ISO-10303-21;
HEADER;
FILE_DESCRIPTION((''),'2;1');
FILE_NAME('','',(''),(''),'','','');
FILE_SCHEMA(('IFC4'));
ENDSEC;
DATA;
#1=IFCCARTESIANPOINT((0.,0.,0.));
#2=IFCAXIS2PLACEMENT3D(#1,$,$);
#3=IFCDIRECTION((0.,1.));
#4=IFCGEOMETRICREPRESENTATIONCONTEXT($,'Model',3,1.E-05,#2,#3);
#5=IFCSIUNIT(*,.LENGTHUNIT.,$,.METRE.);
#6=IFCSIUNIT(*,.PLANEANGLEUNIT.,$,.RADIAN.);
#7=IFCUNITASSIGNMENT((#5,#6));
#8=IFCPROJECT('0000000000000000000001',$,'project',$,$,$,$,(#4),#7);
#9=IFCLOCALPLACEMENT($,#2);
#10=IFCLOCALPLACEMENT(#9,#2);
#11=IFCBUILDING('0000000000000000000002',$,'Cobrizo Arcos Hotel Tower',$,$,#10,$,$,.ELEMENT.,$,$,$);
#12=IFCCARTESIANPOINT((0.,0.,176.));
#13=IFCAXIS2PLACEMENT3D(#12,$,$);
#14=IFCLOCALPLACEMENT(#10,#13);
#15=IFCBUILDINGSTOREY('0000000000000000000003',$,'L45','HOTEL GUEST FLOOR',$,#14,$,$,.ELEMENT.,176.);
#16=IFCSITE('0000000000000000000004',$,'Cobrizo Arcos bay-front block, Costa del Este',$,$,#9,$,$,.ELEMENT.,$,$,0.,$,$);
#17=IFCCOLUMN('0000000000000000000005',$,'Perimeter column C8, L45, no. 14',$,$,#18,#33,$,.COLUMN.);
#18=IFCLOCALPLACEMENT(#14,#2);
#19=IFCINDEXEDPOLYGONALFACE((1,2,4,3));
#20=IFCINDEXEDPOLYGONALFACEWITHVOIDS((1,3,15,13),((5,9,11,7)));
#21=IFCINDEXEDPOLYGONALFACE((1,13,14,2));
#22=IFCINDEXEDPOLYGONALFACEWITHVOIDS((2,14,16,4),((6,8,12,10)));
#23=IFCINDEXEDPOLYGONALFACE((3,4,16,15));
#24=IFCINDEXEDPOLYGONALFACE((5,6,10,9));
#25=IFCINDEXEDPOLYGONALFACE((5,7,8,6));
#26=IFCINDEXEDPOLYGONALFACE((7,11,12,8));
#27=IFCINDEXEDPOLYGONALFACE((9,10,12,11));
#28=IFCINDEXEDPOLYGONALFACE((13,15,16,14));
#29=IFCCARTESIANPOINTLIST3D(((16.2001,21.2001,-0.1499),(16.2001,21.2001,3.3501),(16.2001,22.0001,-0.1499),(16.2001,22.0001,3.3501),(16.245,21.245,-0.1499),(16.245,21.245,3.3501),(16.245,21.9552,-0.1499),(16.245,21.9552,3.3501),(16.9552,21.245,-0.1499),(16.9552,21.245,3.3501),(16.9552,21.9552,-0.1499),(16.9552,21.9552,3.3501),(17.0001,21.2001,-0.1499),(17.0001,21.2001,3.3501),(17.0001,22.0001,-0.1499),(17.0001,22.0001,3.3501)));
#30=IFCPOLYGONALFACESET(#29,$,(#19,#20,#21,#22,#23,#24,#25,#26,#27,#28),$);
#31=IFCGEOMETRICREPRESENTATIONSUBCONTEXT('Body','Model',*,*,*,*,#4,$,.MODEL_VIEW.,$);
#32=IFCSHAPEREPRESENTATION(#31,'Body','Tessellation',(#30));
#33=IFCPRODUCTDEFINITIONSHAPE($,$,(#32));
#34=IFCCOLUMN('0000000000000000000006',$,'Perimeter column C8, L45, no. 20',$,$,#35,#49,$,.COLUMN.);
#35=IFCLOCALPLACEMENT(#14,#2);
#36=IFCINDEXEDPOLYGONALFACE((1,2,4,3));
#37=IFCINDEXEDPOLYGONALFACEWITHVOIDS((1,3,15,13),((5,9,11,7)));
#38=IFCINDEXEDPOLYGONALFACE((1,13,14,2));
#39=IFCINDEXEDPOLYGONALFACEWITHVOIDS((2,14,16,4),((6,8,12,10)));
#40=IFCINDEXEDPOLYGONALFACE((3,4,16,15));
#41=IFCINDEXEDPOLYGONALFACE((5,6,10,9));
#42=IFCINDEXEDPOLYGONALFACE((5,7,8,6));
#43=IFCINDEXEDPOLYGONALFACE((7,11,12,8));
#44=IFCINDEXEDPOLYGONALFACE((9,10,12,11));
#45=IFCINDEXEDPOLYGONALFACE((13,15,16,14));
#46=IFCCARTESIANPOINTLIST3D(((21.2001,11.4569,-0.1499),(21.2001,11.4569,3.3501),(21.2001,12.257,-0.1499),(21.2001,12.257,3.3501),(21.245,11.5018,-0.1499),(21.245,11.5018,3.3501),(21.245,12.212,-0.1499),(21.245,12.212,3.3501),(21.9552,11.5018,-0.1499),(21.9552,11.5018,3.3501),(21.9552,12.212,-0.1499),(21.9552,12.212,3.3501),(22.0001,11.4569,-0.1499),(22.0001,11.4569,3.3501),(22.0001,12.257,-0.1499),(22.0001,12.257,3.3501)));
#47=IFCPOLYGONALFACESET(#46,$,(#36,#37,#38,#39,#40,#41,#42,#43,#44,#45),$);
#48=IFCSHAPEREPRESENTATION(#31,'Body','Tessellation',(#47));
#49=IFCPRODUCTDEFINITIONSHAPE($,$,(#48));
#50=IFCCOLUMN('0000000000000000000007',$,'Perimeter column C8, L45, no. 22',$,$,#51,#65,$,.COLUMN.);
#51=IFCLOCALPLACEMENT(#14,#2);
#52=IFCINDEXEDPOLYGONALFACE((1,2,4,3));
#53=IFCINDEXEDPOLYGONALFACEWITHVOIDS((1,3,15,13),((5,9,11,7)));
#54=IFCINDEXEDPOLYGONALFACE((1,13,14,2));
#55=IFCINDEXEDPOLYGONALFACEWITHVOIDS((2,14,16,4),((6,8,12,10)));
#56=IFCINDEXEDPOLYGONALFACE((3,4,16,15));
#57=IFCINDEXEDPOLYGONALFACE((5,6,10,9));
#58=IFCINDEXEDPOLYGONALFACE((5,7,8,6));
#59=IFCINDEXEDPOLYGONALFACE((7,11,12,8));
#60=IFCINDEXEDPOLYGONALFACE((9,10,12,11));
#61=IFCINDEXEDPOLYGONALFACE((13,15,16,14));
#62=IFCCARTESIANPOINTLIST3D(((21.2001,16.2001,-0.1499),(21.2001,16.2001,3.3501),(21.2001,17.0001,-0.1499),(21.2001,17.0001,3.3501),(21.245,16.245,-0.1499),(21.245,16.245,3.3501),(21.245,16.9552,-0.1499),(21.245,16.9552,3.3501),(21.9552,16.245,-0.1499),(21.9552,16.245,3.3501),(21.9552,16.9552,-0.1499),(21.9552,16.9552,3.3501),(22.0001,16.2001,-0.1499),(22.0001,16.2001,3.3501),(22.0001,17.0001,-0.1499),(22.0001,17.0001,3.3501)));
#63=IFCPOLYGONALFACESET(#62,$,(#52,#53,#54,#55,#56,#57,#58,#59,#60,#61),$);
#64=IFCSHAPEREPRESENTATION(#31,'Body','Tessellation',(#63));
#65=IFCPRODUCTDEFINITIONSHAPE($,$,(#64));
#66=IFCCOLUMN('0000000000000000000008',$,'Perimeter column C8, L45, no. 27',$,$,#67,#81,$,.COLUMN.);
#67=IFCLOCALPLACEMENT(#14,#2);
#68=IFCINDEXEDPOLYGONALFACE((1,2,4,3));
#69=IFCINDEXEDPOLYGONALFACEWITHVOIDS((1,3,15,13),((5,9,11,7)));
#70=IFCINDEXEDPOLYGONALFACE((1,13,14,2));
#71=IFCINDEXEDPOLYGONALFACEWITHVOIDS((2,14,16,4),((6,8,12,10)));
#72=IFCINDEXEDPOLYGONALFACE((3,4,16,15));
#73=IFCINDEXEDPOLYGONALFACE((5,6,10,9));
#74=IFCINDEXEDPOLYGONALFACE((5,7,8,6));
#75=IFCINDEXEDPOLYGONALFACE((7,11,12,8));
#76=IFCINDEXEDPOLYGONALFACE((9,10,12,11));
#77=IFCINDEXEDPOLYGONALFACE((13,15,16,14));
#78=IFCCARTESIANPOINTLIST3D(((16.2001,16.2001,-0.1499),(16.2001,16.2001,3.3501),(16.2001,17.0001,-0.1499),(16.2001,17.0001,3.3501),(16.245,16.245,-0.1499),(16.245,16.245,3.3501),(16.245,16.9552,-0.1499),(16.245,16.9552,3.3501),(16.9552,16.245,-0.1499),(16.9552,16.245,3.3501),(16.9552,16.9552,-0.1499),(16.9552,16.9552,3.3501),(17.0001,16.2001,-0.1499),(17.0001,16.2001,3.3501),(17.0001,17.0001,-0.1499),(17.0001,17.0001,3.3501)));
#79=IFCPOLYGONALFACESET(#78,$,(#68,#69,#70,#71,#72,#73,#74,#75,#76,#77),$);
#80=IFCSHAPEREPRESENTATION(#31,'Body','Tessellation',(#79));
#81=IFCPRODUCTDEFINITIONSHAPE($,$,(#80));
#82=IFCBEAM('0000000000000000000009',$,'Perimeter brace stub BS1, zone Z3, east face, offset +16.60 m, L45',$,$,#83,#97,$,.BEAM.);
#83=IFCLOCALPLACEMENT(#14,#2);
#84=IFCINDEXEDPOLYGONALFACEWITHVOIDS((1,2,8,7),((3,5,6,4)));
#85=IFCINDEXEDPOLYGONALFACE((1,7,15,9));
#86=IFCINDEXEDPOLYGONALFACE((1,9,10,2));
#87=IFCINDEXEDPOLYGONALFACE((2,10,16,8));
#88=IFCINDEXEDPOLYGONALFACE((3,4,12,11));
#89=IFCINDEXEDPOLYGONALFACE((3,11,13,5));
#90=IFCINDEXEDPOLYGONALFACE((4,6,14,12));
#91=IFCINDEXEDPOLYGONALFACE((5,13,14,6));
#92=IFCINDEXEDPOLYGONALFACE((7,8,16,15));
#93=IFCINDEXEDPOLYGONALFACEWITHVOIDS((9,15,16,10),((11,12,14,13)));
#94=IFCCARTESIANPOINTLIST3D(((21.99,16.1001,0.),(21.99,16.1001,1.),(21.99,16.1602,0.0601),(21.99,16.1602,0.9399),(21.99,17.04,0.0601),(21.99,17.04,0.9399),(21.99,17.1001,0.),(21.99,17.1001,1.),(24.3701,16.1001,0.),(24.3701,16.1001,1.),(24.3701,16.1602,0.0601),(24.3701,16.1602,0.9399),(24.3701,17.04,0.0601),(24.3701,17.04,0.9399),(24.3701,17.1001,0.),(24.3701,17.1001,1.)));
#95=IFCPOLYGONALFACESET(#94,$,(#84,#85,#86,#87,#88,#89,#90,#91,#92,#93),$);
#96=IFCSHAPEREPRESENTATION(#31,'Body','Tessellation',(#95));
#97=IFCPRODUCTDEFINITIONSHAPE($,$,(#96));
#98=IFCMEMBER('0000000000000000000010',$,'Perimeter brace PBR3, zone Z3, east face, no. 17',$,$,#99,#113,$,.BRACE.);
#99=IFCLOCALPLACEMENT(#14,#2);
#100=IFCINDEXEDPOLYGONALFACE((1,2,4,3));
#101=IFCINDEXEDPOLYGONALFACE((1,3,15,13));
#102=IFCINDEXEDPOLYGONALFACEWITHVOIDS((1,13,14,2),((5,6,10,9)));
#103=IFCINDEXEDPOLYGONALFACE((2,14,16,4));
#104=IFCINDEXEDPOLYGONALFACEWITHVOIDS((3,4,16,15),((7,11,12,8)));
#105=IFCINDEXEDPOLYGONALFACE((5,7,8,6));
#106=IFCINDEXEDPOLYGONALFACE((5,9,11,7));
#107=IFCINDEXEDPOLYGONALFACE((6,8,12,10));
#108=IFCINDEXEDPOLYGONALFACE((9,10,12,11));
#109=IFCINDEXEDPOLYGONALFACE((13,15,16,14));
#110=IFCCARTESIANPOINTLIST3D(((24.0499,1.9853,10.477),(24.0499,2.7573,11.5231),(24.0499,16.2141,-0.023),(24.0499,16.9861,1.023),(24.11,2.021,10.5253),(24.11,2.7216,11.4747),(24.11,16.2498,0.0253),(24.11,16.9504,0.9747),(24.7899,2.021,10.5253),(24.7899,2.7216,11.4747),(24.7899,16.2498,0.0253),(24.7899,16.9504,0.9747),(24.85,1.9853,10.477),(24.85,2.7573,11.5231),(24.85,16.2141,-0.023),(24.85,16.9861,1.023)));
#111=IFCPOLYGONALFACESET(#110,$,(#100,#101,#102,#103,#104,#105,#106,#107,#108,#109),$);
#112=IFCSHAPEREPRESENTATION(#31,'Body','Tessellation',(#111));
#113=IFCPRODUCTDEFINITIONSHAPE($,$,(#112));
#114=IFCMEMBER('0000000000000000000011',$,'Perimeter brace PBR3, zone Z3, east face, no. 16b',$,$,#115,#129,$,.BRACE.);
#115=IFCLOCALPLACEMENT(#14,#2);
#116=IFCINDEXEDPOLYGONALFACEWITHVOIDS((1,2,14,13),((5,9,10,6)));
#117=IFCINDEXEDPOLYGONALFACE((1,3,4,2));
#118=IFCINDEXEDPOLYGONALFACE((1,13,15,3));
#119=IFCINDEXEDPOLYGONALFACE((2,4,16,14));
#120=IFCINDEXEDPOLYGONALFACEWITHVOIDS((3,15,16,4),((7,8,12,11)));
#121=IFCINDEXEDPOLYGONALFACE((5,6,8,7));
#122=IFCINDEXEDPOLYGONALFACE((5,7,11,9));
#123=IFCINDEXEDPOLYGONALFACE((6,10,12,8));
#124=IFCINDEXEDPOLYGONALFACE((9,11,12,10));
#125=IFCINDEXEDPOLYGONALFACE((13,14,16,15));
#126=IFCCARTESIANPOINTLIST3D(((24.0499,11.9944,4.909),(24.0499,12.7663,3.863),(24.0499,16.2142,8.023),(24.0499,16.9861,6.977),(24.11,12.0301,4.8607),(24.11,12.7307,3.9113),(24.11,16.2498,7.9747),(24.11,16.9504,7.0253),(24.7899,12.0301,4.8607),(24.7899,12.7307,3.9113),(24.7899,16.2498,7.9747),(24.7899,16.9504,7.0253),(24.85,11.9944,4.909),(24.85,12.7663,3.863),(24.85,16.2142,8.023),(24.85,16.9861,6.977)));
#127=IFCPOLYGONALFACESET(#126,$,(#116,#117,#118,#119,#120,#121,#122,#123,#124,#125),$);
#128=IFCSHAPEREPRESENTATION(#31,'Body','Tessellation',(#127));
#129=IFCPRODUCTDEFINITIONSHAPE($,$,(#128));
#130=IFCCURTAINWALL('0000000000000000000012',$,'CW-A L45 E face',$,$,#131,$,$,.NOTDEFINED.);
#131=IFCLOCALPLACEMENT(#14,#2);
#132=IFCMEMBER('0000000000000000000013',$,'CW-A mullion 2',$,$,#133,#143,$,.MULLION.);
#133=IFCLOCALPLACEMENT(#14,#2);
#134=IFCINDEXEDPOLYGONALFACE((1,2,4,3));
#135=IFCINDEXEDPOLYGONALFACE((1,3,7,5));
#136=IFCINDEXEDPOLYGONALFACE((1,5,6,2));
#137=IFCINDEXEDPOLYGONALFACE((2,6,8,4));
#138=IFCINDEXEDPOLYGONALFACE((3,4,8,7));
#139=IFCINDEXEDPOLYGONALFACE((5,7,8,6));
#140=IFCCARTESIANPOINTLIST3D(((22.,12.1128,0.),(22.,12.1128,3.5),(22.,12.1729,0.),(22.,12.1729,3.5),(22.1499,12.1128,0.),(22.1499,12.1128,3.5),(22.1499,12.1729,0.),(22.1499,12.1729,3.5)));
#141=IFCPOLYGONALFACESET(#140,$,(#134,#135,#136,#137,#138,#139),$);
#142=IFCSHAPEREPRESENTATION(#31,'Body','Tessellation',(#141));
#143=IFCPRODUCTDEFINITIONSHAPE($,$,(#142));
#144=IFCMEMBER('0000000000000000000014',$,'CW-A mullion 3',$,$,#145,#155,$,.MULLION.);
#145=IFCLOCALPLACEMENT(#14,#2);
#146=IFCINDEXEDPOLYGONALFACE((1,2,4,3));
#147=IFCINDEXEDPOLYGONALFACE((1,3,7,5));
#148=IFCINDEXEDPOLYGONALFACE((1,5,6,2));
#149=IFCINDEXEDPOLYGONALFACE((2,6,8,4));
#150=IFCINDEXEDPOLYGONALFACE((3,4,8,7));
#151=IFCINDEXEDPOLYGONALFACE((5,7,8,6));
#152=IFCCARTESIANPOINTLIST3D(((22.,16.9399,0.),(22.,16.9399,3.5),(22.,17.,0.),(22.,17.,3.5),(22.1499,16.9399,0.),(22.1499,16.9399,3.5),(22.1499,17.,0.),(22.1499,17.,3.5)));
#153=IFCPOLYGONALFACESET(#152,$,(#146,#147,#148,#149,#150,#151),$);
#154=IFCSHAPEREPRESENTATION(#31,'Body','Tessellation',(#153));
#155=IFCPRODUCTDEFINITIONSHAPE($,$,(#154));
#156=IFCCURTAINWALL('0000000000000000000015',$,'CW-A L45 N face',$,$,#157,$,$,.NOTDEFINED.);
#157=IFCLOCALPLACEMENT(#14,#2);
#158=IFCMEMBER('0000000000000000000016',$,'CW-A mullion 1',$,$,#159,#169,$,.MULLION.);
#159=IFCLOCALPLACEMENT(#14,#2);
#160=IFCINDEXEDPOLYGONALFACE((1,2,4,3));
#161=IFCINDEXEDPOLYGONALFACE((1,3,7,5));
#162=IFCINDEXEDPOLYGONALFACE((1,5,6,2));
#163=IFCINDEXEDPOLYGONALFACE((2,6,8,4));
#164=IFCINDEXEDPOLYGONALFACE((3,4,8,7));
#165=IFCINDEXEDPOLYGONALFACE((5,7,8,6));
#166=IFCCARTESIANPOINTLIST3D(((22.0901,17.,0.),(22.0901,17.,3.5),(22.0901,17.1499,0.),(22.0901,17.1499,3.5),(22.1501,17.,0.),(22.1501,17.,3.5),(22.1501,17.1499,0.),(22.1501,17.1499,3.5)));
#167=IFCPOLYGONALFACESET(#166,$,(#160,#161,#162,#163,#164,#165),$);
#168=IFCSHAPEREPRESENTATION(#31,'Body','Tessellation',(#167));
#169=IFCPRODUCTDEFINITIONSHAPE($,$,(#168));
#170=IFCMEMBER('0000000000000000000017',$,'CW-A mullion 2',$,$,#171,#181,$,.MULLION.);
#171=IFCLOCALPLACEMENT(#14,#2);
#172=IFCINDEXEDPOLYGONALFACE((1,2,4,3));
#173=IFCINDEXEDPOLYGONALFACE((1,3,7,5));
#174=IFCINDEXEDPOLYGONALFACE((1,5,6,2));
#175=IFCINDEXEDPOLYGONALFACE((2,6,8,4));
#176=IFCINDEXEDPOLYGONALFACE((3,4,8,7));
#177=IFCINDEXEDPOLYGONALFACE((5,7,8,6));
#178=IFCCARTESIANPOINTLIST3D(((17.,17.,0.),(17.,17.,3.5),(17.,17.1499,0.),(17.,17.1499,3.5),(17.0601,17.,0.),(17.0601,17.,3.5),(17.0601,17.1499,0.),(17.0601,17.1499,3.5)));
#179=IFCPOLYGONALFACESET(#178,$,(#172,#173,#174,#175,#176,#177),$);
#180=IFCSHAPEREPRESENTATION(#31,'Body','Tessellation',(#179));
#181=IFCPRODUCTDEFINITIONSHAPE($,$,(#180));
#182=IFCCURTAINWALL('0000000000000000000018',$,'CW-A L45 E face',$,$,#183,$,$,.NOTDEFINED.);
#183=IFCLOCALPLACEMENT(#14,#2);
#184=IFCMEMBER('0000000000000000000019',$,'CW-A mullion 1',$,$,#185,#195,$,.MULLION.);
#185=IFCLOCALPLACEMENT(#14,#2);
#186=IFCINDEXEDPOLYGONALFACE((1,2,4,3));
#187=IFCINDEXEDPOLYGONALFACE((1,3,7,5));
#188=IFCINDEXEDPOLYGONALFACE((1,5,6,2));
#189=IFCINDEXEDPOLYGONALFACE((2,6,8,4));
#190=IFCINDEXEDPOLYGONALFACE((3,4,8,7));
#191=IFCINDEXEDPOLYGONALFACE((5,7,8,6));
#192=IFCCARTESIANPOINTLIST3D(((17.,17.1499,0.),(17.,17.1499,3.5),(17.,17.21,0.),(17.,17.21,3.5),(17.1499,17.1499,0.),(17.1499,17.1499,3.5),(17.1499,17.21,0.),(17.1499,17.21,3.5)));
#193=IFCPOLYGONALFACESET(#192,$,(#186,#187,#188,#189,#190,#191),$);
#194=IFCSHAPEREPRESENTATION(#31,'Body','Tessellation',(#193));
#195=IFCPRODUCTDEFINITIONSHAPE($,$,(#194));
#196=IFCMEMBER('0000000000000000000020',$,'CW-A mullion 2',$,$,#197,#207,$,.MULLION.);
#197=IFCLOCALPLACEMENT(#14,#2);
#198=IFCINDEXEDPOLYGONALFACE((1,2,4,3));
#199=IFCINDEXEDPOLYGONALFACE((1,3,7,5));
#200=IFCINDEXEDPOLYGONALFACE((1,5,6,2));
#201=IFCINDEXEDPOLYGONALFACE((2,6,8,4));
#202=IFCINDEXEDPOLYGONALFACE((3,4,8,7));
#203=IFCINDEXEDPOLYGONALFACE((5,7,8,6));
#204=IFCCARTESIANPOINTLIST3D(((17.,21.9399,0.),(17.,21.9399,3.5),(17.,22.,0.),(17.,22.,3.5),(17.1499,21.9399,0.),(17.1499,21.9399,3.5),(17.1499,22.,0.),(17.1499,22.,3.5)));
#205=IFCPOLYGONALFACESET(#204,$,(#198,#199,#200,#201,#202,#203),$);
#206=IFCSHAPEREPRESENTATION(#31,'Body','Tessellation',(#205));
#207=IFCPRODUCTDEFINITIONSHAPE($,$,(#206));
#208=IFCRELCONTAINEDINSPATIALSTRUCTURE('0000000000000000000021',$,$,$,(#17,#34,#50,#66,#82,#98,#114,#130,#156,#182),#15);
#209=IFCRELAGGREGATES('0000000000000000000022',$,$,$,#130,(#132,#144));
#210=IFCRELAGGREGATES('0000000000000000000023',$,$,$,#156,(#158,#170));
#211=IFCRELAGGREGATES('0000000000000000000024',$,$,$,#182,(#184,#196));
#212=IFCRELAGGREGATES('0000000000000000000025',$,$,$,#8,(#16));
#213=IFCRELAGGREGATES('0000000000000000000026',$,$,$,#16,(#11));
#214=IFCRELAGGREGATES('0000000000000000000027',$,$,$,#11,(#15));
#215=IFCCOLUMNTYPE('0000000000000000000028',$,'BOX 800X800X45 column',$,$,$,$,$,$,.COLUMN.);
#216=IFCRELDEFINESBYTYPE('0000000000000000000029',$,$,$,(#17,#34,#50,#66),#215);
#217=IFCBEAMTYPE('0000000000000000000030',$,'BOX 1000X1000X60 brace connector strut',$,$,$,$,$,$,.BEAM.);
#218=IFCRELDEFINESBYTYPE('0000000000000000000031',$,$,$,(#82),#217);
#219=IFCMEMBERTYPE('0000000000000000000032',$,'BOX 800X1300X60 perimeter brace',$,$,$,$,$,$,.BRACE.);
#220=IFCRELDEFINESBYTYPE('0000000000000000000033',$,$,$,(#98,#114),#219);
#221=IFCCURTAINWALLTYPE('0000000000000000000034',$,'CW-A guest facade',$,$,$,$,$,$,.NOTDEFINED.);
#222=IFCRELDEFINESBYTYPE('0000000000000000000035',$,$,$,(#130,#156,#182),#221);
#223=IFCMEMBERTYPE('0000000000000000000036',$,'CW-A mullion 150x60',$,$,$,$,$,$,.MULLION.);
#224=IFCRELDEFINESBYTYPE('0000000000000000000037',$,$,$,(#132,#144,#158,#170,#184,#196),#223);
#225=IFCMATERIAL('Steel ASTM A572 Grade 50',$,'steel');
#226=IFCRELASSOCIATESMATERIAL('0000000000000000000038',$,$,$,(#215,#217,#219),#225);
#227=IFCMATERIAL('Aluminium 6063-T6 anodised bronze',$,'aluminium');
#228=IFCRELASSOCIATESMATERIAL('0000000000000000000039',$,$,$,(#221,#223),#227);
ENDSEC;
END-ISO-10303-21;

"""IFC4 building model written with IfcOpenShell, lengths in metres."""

from ifc_helpers import new_model, si_unit, direction, frame, origin, origin_2d, place, context, subcontext, project, spatial, rectangle, hollow_rectangle, extrude, material, material_profile, profile_set, type_object, element, aggregate, save


model = new_model("IFC4")

# Units and contexts
model_context = context("Model", 3, precision=1e-05, world=origin(), true_north=direction((0.0, 1.0)))
body_context = subcontext(model_context, "Body", "Model", "MODEL_VIEW")
ifc_project = project(units=[si_unit("LENGTHUNIT", "METRE"), si_unit("PLANEANGLEUNIT", "RADIAN")], contexts=[model_context])

# Site, building, storey
site_placement = place(None, origin())
site = spatial("IfcSite", under=ifc_project, at=site_placement, Name="Cobrizo Arcos bay-front block, Costa del Este", CompositionType="ELEMENT", RefElevation=0.0)
building_placement = place(site_placement, origin())
building = spatial("IfcBuilding", under=site, at=building_placement, Name="Cobrizo Arcos Hotel Tower", CompositionType="ELEMENT")
storey_placement = place(building_placement, frame((0.0, 0.0, 176.0)))
storey = spatial("IfcBuildingStorey", under=building, at=storey_placement, Name="L45", Description="HOTEL GUEST FLOOR", CompositionType="ELEMENT", Elevation=176.0)

# Columns
ifc_material_1 = material(Name="Steel ASTM A572 Grade 50", Category="steel")
ifc_material_profile_1 = material_profile(ifc_material_1, hollow_rectangle(XDim=0.8, YDim=0.8, WallThickness=0.0449, at=origin_2d()), Name="BOX 800X800X45")
ifc_profile_set_1 = profile_set([ifc_material_profile_1], Name="Steel ASTM A572 Grade 50")
column_type = type_object("IfcColumnType", Name="BOX 800X800X45 column", PredefinedType="COLUMN", material=ifc_profile_set_1)
for number, where, z_axis, x_axis, name in (
    (1, (16.6001, 21.6001, -0.1499), (0.0, 0.0, 1.0), (1.0, 0.0, 0.0), "Perimeter column C8, L45, no. 14"),
    (2, (21.6001, 11.8569, -0.1499), (0.0, 0.0, 1.0), (1.0, 0.0, 0.0), "Perimeter column C8, L45, no. 20"),
    (3, (21.6001, 16.6001, -0.1499), (0.0, 0.0, 1.0), (1.0, 0.0, 0.0), "Perimeter column C8, L45, no. 22"),
    (4, (16.6001, 16.6001, -0.1499), (0.0, 0.0, 1.0), (1.0, 0.0, 0.0), "Perimeter column C8, L45, no. 27"),
):
    element("IfcColumn", number, at=place(storey_placement, frame(where, z_axis=z_axis, x_axis=x_axis)), inside=storey, type_object=column_type, Name=name, PredefinedType="COLUMN", context=body_context, shape_type="SweptSolid", body=[
        extrude(hollow_rectangle(XDim=0.8, YDim=0.8, WallThickness=0.0449, at=origin_2d()), origin(), (0.0, 0.0, 1.0), 3.5),
    ])

# Beam
ifc_material_profile_2 = material_profile(ifc_material_1, hollow_rectangle(XDim=1.0, YDim=1.0, WallThickness=0.0601, at=origin_2d()), Name="BOX 1000X1000X60")
ifc_profile_set_2 = profile_set([ifc_material_profile_2], Name="Steel ASTM A572 Grade 50")
beam_type_1 = type_object("IfcBeamType", Name="BOX 1000X1000X60 brace connector strut", PredefinedType="BEAM", material=ifc_profile_set_2)
beam_1_placement = place(storey_placement, frame((21.99, 16.6001, 0.5), z_axis=(1.0, 0.0, 0.0), x_axis=(0.0, 1.0, 0.0)))
element("IfcBeam", 5, at=beam_1_placement, inside=storey, type_object=beam_type_1, Name="Perimeter brace stub BS1, zone Z3, east face, offset +16.60 m, L45", PredefinedType="BEAM", context=body_context, shape_type="SweptSolid", body=[
    extrude(hollow_rectangle(XDim=1.0, YDim=1.0, WallThickness=0.0601, at=origin_2d()), origin(), (0.0, 0.0, 1.0), 2.3801),
])

# Members
ifc_material_profile_3 = material_profile(ifc_material_1, hollow_rectangle(XDim=0.8, YDim=1.3, WallThickness=0.0601, at=origin_2d()), Name="BOX 800X1300X60")
ifc_profile_set_3 = profile_set([ifc_material_profile_3], Name="Steel ASTM A572 Grade 50")
member_type_1 = type_object("IfcMemberType", Name="BOX 800X1300X60 perimeter brace", PredefinedType="BRACE", material=ifc_profile_set_3)
member_1_placement = place(storey_placement, frame((24.45, 16.6001, 0.5), z_axis=(0.0, -0.804633, 0.593772), x_axis=(1.0, 0.0, 0.0)))
element("IfcMember", 6, at=member_1_placement, inside=storey, type_object=member_type_1, Name="Perimeter brace PBR3, zone Z3, east face, no. 17", PredefinedType="BRACE", context=body_context, shape_type="SweptSolid", body=[
    extrude(hollow_rectangle(XDim=0.8, YDim=1.3, WallThickness=0.0601, at=origin_2d()), origin(), (0.0, 0.0, 1.0), 17.6836),
])
member_2_placement = place(storey_placement, frame((24.45, 12.3804, 4.386), z_axis=(0.0, 0.804624, 0.593785), x_axis=(-1.0, 0.0, 0.0)))
element("IfcMember", 7, at=member_2_placement, inside=storey, type_object=member_type_1, Name="Perimeter brace PBR3, zone Z3, east face, no. 16b", PredefinedType="BRACE", context=body_context, shape_type="SweptSolid", body=[
    extrude(hollow_rectangle(XDim=0.8, YDim=1.3, WallThickness=0.0601, at=origin_2d()), origin(), (0.0, 0.0, 1.0), 5.2444),
])

# Curtain walls, members
ifc_material_2 = material(Name="Aluminium 6063-T6 anodised bronze", Category="aluminium")
curtain_wall_type = type_object("IfcCurtainWallType", Name="CW-A guest facade", PredefinedType="NOTDEFINED", material=ifc_material_2)
curtain_wall_1_placement = place(storey_placement, origin())
curtain_wall_1 = element("IfcCurtainWall", 8, at=curtain_wall_1_placement, inside=storey, type_object=curtain_wall_type, Name="CW-A L45 E face", PredefinedType="NOTDEFINED")
ifc_material_profile_4 = material_profile(ifc_material_2, rectangle(XDim=0.1499, YDim=0.0601, at=origin_2d()), Name="CW-A mullion 150x60")
ifc_profile_set_4 = profile_set([ifc_material_profile_4], Name="Aluminium 6063-T6 anodised bronze")
member_type_2 = type_object("IfcMemberType", Name="CW-A mullion 150x60", PredefinedType="MULLION", material=ifc_profile_set_4)
member_3_placement = place(storey_placement, frame((22.075, 12.1428, 0.0), z_axis=(0.0, 0.0, 1.0), x_axis=(1.0, 0.0, 0.0)))
member_3 = element("IfcMember", 9, at=member_3_placement, type_object=member_type_2, Name="CW-A mullion 2", PredefinedType="MULLION", context=body_context, shape_type="SweptSolid", body=[
    extrude(rectangle(XDim=0.1499, YDim=0.0601, at=origin_2d()), origin(), (0.0, 0.0, 1.0), 3.5),
])
member_4_placement = place(storey_placement, frame((22.075, 16.97, 0.0), z_axis=(0.0, 0.0, 1.0), x_axis=(1.0, 0.0, 0.0)))
member_4 = element("IfcMember", 10, at=member_4_placement, type_object=member_type_2, Name="CW-A mullion 3", PredefinedType="MULLION", context=body_context, shape_type="SweptSolid", body=[
    extrude(rectangle(XDim=0.1499, YDim=0.0601, at=origin_2d()), origin(), (0.0, 0.0, 1.0), 3.5),
])
curtain_wall_2_placement = place(storey_placement, origin())
curtain_wall_2 = element("IfcCurtainWall", 11, at=curtain_wall_2_placement, inside=storey, type_object=curtain_wall_type, Name="CW-A L45 N face", PredefinedType="NOTDEFINED")
member_5_placement = place(storey_placement, frame((22.1201, 17.075, 0.0), z_axis=(0.0, 0.0, 1.0), x_axis=(0.0, 1.0, 0.0)))
member_5 = element("IfcMember", 12, at=member_5_placement, type_object=member_type_2, Name="CW-A mullion 1", PredefinedType="MULLION", context=body_context, shape_type="SweptSolid", body=[
    extrude(rectangle(XDim=0.1499, YDim=0.0601, at=origin_2d()), origin(), (0.0, 0.0, 1.0), 3.5),
])
member_6_placement = place(storey_placement, frame((17.03, 17.075, 0.0), z_axis=(0.0, 0.0, 1.0), x_axis=(0.0, 1.0, 0.0)))
member_6 = element("IfcMember", 13, at=member_6_placement, type_object=member_type_2, Name="CW-A mullion 2", PredefinedType="MULLION", context=body_context, shape_type="SweptSolid", body=[
    extrude(rectangle(XDim=0.1499, YDim=0.0601, at=origin_2d()), origin(), (0.0, 0.0, 1.0), 3.5),
])
curtain_wall_3_placement = place(storey_placement, origin())
curtain_wall_3 = element("IfcCurtainWall", 14, at=curtain_wall_3_placement, inside=storey, type_object=curtain_wall_type, Name="CW-A L45 E face", PredefinedType="NOTDEFINED")
member_7_placement = place(storey_placement, frame((17.075, 17.1799, 0.0), z_axis=(0.0, 0.0, 1.0), x_axis=(1.0, 0.0, 0.0)))
member_7 = element("IfcMember", 15, at=member_7_placement, type_object=member_type_2, Name="CW-A mullion 1", PredefinedType="MULLION", context=body_context, shape_type="SweptSolid", body=[
    extrude(rectangle(XDim=0.1499, YDim=0.0601, at=origin_2d()), origin(), (0.0, 0.0, 1.0), 3.5),
])
member_8_placement = place(storey_placement, frame((17.075, 21.97, 0.0), z_axis=(0.0, 0.0, 1.0), x_axis=(1.0, 0.0, 0.0)))
member_8 = element("IfcMember", 16, at=member_8_placement, type_object=member_type_2, Name="CW-A mullion 2", PredefinedType="MULLION", context=body_context, shape_type="SweptSolid", body=[
    extrude(rectangle(XDim=0.1499, YDim=0.0601, at=origin_2d()), origin(), (0.0, 0.0, 1.0), 3.5),
])

aggregate(curtain_wall_1, [member_3, member_4])
aggregate(curtain_wall_2, [member_5, member_6])
aggregate(curtain_wall_3, [member_7, member_8])

save(model, "model.ifc")
